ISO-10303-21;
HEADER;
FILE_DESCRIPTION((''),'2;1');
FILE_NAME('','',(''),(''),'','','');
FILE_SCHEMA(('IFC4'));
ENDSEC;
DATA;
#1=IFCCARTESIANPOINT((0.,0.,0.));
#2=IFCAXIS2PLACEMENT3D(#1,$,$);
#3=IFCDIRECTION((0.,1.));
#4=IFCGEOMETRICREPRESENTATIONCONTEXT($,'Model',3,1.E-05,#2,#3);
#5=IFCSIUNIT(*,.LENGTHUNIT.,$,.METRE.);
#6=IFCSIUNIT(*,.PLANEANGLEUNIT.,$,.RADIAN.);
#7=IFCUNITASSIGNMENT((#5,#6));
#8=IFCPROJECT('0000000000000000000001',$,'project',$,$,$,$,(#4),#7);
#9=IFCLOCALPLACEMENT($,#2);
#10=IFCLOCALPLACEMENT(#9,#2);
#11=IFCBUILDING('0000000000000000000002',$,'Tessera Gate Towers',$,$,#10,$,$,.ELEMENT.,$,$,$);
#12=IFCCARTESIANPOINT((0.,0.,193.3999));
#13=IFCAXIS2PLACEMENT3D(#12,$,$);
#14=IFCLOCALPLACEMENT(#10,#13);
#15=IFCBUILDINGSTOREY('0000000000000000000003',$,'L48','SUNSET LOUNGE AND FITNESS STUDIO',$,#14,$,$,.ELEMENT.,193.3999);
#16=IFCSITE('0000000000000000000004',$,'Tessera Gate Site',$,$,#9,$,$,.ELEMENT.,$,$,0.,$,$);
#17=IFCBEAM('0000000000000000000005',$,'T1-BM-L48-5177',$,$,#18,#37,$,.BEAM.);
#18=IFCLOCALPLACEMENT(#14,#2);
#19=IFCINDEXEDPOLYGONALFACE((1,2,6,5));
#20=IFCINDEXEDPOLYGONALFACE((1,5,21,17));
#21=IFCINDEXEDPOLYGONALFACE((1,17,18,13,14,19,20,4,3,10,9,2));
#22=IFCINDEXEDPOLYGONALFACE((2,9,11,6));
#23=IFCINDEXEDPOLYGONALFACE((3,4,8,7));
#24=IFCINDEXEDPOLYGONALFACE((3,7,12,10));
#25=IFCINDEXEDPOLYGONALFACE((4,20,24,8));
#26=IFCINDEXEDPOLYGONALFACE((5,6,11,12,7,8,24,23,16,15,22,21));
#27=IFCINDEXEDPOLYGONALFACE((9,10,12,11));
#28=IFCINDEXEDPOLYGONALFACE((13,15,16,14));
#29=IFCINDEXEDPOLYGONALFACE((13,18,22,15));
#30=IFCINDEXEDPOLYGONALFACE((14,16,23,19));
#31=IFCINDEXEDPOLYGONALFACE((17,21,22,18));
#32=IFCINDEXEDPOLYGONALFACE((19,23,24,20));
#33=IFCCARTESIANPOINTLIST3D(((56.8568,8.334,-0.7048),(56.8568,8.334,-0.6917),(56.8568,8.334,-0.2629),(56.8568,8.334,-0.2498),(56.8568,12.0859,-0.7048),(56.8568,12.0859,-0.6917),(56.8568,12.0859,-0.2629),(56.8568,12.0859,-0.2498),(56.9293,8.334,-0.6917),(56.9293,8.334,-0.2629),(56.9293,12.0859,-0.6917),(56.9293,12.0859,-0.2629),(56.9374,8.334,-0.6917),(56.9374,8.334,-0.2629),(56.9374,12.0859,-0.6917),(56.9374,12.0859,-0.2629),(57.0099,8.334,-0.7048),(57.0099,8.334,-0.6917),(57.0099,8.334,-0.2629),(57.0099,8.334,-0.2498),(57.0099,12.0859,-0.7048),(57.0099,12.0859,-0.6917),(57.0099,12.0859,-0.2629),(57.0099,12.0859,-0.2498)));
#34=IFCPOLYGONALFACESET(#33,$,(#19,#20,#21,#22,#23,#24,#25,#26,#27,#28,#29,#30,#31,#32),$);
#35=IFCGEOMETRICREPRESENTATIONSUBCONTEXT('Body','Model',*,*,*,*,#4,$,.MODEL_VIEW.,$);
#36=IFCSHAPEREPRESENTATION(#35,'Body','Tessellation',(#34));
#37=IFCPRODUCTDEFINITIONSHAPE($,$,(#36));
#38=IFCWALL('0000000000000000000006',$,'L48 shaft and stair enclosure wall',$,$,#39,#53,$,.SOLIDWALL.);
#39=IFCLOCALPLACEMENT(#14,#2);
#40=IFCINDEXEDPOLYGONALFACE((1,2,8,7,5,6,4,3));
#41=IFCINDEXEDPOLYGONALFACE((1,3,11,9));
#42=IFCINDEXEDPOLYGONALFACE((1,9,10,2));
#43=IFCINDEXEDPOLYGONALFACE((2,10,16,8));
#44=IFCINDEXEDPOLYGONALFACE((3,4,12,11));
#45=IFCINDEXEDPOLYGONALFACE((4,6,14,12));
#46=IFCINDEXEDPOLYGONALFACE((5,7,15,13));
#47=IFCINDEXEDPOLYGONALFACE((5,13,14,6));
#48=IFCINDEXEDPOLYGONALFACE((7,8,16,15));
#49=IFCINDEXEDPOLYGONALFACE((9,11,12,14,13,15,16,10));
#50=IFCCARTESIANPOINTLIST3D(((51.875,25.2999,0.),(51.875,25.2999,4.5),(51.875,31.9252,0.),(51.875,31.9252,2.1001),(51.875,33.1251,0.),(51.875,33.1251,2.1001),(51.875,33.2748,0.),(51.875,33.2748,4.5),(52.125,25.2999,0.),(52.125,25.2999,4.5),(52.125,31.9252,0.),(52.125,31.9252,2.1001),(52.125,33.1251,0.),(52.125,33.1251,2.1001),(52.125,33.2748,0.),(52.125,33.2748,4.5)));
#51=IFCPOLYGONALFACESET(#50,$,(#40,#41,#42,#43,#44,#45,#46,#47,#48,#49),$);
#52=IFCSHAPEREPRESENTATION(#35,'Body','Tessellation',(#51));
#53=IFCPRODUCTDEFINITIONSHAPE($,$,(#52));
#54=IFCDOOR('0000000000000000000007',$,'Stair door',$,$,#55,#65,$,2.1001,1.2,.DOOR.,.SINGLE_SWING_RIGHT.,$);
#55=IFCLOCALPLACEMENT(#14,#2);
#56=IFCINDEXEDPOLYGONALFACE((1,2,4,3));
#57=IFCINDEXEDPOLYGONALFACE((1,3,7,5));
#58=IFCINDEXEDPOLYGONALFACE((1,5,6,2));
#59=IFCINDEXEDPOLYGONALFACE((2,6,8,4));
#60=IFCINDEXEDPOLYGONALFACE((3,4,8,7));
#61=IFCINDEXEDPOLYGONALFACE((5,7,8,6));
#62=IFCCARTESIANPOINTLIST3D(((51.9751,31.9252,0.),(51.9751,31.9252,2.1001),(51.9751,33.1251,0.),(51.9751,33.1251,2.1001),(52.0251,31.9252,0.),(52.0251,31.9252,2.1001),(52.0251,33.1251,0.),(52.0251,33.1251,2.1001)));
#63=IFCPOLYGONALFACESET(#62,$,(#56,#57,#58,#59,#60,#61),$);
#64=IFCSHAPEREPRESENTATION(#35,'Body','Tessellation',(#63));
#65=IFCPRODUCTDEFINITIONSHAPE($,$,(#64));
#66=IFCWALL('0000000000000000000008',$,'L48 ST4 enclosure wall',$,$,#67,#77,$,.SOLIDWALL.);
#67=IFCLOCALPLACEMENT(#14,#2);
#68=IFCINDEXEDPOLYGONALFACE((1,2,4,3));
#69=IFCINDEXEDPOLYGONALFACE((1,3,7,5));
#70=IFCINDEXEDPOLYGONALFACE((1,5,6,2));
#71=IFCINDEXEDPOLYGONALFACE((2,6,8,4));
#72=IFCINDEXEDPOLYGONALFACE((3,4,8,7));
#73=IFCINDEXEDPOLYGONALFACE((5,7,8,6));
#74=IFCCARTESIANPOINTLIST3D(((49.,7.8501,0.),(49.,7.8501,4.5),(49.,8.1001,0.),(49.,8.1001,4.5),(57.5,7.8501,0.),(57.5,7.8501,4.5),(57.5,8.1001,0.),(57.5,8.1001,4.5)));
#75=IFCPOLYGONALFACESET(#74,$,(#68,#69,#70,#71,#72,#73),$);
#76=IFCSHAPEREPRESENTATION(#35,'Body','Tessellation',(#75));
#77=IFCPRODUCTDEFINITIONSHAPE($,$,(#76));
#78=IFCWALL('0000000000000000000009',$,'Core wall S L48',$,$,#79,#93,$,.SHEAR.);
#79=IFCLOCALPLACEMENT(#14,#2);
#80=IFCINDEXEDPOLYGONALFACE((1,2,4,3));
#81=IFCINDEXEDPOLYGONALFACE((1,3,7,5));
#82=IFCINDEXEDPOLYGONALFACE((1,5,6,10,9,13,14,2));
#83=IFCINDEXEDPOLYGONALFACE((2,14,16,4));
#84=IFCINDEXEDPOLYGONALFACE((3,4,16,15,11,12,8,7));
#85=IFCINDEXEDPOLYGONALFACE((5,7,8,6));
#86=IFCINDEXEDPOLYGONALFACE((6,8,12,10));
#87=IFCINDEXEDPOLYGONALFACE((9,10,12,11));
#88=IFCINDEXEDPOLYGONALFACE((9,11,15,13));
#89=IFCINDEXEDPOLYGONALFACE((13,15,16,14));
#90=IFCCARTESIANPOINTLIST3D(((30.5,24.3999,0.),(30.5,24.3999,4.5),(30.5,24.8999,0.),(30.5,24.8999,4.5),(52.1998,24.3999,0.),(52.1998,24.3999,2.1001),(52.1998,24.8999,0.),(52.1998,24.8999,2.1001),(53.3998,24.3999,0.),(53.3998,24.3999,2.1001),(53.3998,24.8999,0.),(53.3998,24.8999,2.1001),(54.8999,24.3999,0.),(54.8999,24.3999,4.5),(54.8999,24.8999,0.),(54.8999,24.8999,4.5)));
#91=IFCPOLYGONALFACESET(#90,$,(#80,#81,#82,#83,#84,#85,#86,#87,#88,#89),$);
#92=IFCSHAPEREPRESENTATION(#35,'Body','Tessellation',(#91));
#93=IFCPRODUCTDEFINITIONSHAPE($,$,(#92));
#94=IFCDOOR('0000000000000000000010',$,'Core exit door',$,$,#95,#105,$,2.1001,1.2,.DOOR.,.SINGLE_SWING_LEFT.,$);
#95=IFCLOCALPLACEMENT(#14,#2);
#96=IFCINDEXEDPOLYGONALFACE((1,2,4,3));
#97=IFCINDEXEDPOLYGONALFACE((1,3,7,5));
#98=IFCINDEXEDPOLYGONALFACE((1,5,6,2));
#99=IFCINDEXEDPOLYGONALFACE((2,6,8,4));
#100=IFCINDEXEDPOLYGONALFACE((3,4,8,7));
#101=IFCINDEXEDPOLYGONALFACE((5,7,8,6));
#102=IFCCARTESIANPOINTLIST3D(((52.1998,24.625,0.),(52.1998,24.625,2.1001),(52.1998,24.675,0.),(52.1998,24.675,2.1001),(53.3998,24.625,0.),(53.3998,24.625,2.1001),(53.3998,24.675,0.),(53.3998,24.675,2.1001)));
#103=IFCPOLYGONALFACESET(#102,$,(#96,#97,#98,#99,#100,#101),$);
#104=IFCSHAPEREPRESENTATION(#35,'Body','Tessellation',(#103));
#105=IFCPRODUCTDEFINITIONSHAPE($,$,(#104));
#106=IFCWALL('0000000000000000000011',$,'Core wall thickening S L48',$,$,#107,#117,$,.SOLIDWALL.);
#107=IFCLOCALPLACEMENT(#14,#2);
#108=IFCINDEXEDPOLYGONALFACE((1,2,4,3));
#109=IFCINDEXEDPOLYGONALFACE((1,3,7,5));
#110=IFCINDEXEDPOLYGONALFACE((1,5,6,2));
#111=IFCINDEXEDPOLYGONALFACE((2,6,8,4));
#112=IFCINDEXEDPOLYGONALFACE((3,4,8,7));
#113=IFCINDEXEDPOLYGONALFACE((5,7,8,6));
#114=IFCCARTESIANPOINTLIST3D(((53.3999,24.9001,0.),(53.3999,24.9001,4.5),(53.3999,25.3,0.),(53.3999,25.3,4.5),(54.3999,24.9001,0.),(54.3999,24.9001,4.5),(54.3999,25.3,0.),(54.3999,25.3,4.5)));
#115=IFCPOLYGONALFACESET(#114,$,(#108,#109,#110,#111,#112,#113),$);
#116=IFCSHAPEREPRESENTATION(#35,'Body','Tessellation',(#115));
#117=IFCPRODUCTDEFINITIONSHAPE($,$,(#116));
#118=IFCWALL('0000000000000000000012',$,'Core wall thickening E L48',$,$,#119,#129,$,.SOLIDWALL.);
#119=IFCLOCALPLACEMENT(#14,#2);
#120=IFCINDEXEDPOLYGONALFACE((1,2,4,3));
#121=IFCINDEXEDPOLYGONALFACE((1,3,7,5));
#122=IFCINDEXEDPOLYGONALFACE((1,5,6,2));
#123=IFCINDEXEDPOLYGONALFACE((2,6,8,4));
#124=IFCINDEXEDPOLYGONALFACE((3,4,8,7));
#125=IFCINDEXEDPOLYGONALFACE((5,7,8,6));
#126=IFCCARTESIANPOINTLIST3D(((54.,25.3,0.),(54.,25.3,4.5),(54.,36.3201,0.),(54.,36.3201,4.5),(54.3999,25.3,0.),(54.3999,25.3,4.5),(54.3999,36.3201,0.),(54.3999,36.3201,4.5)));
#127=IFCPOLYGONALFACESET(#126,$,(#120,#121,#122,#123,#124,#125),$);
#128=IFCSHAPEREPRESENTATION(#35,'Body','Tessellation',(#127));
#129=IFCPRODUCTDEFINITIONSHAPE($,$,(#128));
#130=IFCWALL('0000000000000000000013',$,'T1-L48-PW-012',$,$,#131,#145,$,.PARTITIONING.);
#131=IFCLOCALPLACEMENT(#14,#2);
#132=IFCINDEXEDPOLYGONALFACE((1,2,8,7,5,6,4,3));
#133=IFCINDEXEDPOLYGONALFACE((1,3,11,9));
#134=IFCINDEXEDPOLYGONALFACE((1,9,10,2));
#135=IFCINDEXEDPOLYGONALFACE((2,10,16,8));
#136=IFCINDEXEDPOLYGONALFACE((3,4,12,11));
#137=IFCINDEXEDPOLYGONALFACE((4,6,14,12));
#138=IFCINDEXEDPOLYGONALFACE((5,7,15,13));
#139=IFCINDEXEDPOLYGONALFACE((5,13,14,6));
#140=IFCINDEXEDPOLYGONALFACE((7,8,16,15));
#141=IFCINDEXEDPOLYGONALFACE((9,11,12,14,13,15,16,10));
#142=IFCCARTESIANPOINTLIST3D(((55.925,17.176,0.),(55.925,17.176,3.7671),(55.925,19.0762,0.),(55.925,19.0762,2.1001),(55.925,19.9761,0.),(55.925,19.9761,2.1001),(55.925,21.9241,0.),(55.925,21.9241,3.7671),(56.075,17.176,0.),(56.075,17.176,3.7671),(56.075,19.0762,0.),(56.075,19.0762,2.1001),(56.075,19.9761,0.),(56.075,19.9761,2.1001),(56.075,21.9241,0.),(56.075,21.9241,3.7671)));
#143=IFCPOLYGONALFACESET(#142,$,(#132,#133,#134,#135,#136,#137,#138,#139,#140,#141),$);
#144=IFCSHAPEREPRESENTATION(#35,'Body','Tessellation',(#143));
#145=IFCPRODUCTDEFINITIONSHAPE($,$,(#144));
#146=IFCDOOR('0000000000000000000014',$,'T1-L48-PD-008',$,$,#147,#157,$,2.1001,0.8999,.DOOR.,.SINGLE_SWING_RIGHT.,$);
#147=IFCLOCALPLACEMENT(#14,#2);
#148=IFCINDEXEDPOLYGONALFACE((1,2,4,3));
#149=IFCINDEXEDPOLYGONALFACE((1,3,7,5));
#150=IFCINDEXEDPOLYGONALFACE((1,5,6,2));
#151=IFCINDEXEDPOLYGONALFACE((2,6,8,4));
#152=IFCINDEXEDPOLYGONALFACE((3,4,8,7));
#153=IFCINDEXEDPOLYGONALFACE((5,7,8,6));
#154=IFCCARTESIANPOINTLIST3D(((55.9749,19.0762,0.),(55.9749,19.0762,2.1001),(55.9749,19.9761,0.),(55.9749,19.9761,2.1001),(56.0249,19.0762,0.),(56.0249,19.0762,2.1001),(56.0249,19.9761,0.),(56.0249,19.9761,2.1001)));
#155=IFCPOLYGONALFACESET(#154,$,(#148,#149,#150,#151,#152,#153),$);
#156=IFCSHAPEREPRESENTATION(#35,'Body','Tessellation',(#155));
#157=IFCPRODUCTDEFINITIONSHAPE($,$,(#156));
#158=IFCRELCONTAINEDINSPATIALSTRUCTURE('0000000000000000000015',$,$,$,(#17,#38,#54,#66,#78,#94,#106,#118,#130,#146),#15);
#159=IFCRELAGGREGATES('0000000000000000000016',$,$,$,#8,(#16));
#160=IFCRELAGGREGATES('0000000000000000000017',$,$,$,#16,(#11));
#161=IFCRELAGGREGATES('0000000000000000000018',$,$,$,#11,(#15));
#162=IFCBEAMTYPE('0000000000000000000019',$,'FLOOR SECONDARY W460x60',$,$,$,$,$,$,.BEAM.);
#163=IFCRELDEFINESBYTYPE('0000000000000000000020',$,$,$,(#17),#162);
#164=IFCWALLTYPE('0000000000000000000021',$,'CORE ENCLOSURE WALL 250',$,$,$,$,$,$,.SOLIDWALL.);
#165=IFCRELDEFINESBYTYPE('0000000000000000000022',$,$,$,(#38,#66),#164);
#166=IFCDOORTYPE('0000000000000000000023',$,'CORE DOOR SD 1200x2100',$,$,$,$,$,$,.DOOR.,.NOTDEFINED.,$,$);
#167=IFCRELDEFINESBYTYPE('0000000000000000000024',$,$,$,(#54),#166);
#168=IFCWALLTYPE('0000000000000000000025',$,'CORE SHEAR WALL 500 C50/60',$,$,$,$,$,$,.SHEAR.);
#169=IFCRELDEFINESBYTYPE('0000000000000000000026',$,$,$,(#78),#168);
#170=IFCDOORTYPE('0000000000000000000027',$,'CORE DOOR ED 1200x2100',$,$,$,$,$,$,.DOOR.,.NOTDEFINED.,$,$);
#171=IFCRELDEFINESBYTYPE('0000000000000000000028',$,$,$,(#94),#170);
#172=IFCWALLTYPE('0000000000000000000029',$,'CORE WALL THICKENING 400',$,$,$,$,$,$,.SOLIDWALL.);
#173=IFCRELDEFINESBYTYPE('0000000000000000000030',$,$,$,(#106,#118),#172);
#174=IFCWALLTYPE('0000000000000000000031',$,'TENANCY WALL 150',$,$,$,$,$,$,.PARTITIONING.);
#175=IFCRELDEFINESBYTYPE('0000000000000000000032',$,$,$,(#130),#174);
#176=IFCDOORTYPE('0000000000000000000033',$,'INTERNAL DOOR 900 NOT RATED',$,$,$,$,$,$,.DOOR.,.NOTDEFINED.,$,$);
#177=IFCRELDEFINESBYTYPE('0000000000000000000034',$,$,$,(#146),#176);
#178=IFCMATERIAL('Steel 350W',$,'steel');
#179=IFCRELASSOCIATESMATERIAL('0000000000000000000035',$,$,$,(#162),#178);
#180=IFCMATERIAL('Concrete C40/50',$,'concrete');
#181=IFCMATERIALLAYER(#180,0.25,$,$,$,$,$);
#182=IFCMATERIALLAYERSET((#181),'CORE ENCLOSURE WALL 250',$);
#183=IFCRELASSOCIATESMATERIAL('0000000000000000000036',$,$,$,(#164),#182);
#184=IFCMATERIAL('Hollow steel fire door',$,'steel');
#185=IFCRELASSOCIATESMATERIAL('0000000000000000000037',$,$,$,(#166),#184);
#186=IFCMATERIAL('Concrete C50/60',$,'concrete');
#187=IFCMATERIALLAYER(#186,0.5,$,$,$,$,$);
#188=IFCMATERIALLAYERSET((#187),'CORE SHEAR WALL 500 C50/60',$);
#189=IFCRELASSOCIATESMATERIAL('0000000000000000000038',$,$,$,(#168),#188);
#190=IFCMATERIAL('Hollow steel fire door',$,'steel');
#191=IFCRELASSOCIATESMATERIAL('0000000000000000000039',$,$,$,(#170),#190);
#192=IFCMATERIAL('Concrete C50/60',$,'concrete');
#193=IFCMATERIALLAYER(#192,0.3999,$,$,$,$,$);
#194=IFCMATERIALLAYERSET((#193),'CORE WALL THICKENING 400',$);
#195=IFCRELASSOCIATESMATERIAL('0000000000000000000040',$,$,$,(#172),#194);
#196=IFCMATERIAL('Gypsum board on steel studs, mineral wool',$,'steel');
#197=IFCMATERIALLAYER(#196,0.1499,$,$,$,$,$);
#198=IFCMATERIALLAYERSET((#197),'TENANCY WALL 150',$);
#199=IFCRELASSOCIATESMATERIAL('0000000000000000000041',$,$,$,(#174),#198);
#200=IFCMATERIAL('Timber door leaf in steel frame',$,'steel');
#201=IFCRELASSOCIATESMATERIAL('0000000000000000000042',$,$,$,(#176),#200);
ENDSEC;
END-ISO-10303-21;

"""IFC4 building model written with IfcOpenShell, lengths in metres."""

from ifc_helpers import new_model, si_unit, direction, frame, frame_2d, origin, origin_2d, place, context, subcontext, project, spatial, rectangle, i_section, extrude, source, transform, mapped, material, layer, layer_set, material_profile, profile_set, type_object, element, fill, save


model = new_model("IFC4")

# Units and contexts
model_context = context("Model", 3, precision=1e-05, world=origin(), true_north=direction((0.0, 1.0)))
body_context = subcontext(model_context, "Body", "Model", "MODEL_VIEW")
ifc_project = project(units=[si_unit("LENGTHUNIT", "METRE"), si_unit("PLANEANGLEUNIT", "RADIAN")], contexts=[model_context])

# Site, building, storey
site_placement = place(None, origin())
site = spatial("IfcSite", under=ifc_project, at=site_placement, Name="Tessera Gate Site", CompositionType="ELEMENT", RefElevation=0.0)
building_placement = place(site_placement, origin())
building = spatial("IfcBuilding", under=site, at=building_placement, Name="Tessera Gate Towers", CompositionType="ELEMENT")
storey_placement = place(building_placement, frame((0.0, 0.0, 193.3999)))
storey = spatial("IfcBuildingStorey", under=building, at=storey_placement, Name="L48", Description="SUNSET LOUNGE AND FITNESS STUDIO", CompositionType="ELEMENT", Elevation=193.3999)

# Beam
ifc_material_1 = material(Name="Steel 350W", Category="steel")
ifc_material_profile_1 = material_profile(ifc_material_1, i_section(OverallWidth=0.1531, OverallDepth=0.4551, WebThickness=0.0081, FlangeThickness=0.0132, at=origin_2d()), Name="W460x60")
ifc_profile_set_1 = profile_set([ifc_material_profile_1], Name="Steel 350W")
beam_type_1 = type_object("IfcBeamType", Name="FLOOR SECONDARY W460x60", PredefinedType="BEAM", material=ifc_profile_set_1)
beam_1_placement = place(storey_placement, frame((56.9333, 8.334, -0.4773), z_axis=(0.0, 1.0, 0.0), x_axis=(-1.0, 0.0, 0.0)))
element("IfcBeam", 1, at=beam_1_placement, inside=storey, type_object=beam_type_1, Name="T1-BM-L48-5177", PredefinedType="BEAM", context=body_context, shape_type="SweptSolid", body=[
    extrude(i_section(OverallWidth=0.1531, OverallDepth=0.4551, WebThickness=0.0081, FlangeThickness=0.0132, at=origin_2d()), origin(), (0.0, 0.0, 1.0), 3.752),
])

# Wall, opening, door
ifc_material_2 = material(Name="Concrete C40/50", Category="concrete")
ifc_layer_1 = layer(ifc_material_2, 0.25)
ifc_layer_set_1 = layer_set([ifc_layer_1], Name="CORE ENCLOSURE WALL 250")
wall_type_1 = type_object("IfcWallType", Name="CORE ENCLOSURE WALL 250", PredefinedType="SOLIDWALL", material=ifc_layer_set_1)
wall_1_placement = place(storey_placement, frame((52.0, 25.3, 0.0), z_axis=(0.0, 0.0, 1.0), x_axis=(0.0, 1.0, 0.0)))
wall_1 = element("IfcWall", 2, at=wall_1_placement, inside=storey, type_object=wall_type_1, Name="L48 shaft and stair enclosure wall", PredefinedType="SOLIDWALL", context=body_context, shape_type="SweptSolid", body=[
    extrude(rectangle(XDim=7.9749, YDim=0.25, at=frame_2d((3.9873, 0.0))), origin(), (0.0, 0.0, 1.0), 4.5),
])
shared_shape_1 = source(origin(), body_context, "Body", "SweptSolid", [
    extrude(rectangle(XDim=1.2, YDim=2.1001, at=frame_2d((0.6001, 1.05))), frame((0.0, 0.135, 0.0), z_axis=(0.0, -1.0, 0.0), x_axis=(1.0, 0.0, 0.0)), (0.0, 0.0, 1.0), 0.27),
])
opening_1_placement = place(wall_1_placement, frame((6.625, 0.0, 0.0)))
opening_1 = element("IfcOpeningElement", 3, at=opening_1_placement, cuts=wall_1, PredefinedType="OPENING", context=body_context, shape_type="MappedRepresentation", body=[
    mapped(shared_shape_1, transform((0.0, 0.0, 0.0), scale=1.0)),
])
ifc_material_3 = material(Name="Hollow steel fire door", Category="steel")
door_type_1 = type_object("IfcDoorType", Name="CORE DOOR SD 1200x2100", OperationType="NOTDEFINED", PredefinedType="DOOR", material=ifc_material_3)
shared_shape_2 = source(origin(), body_context, "Body", "SweptSolid", [
    extrude(rectangle(XDim=1.2, YDim=2.1001, at=frame_2d((0.6001, 1.05))), frame((0.0, 0.0249, 0.0), z_axis=(0.0, -1.0, 0.0), x_axis=(1.0, 0.0, 0.0)), (0.0, 0.0, 1.0), 0.05),
])
door_1_placement = place(opening_1_placement, origin())
door_1 = element("IfcDoor", 4, at=door_1_placement, inside=storey, type_object=door_type_1, Name="Stair door", OperationType="SINGLE_SWING_RIGHT", OverallHeight=2.1001, OverallWidth=1.2, PredefinedType="DOOR", context=body_context, shape_type="MappedRepresentation", body=[
    mapped(shared_shape_2, transform((0.0, 0.0, 0.0), scale=1.0)),
])
fill(opening_1, door_1)

# Wall
wall_2_placement = place(storey_placement, frame((49.0, 7.9751, 0.0), z_axis=(0.0, 0.0, 1.0), x_axis=(1.0, 0.0, 0.0)))
element("IfcWall", 5, at=wall_2_placement, inside=storey, type_object=wall_type_1, Name="L48 ST4 enclosure wall", PredefinedType="SOLIDWALL", context=body_context, shape_type="SweptSolid", body=[
    extrude(rectangle(XDim=8.5, YDim=0.25, at=frame_2d((4.25, 0.0))), origin(), (0.0, 0.0, 1.0), 4.5),
])

# Wall, opening, door
ifc_material_4 = material(Name="Concrete C50/60", Category="concrete")
ifc_layer_2 = layer(ifc_material_4, 0.5)
ifc_layer_set_2 = layer_set([ifc_layer_2], Name="CORE SHEAR WALL 500 C50/60")
wall_type_2 = type_object("IfcWallType", Name="CORE SHEAR WALL 500 C50/60", PredefinedType="SHEAR", material=ifc_layer_set_2)
wall_3_placement = place(storey_placement, frame((54.8999, 24.6499, 0.0), z_axis=(0.0, 0.0, 1.0), x_axis=(-1.0, 0.0, 0.0)))
wall_3 = element("IfcWall", 6, at=wall_3_placement, inside=storey, type_object=wall_type_2, Name="Core wall S L48", PredefinedType="SHEAR", context=body_context, shape_type="SweptSolid", body=[
    extrude(rectangle(XDim=24.3999, YDim=0.5, at=frame_2d((12.2, 0.0))), origin(), (0.0, 0.0, 1.0), 4.5),
])
shared_shape_3 = source(origin(), body_context, "Body", "SweptSolid", [
    extrude(rectangle(XDim=1.2, YDim=2.1001, at=frame_2d((0.6001, 1.05))), frame((0.0, 0.26, 0.0), z_axis=(0.0, -1.0, 0.0), x_axis=(1.0, 0.0, 0.0)), (0.0, 0.0, 1.0), 0.52),
])
opening_2_placement = place(wall_3_placement, frame((1.5, 0.0, 0.0)))
opening_2 = element("IfcOpeningElement", 7, at=opening_2_placement, cuts=wall_3, PredefinedType="OPENING", context=body_context, shape_type="MappedRepresentation", body=[
    mapped(shared_shape_3, transform((0.0, 0.0, 0.0), scale=1.0)),
])
ifc_material_5 = material(Name="Hollow steel fire door", Category="steel")
door_type_2 = type_object("IfcDoorType", Name="CORE DOOR ED 1200x2100", OperationType="NOTDEFINED", PredefinedType="DOOR", material=ifc_material_5)
door_2_placement = place(opening_2_placement, origin())
door_2 = element("IfcDoor", 8, at=door_2_placement, inside=storey, type_object=door_type_2, Name="Core exit door", OperationType="SINGLE_SWING_LEFT", OverallHeight=2.1001, OverallWidth=1.2, PredefinedType="DOOR", context=body_context, shape_type="MappedRepresentation", body=[
    mapped(shared_shape_2, transform((0.0, 0.0, 0.0), scale=1.0)),
])
fill(opening_2, door_2)

# Walls
ifc_material_6 = material(Name="Concrete C50/60", Category="concrete")
ifc_layer_3 = layer(ifc_material_6, 0.3999)
ifc_layer_set_3 = layer_set([ifc_layer_3], Name="CORE WALL THICKENING 400")
wall_type_3 = type_object("IfcWallType", Name="CORE WALL THICKENING 400", PredefinedType="SOLIDWALL", material=ifc_layer_set_3)
wall_4_placement = place(storey_placement, frame((53.3999, 25.1001, 0.0), z_axis=(0.0, 0.0, 1.0), x_axis=(1.0, 0.0, 0.0)))
element("IfcWall", 9, at=wall_4_placement, inside=storey, type_object=wall_type_3, Name="Core wall thickening S L48", PredefinedType="SOLIDWALL", context=body_context, shape_type="SweptSolid", body=[
    extrude(rectangle(XDim=1.0, YDim=0.3999, at=frame_2d((0.5, 0.0))), origin(), (0.0, 0.0, 1.0), 4.5),
])
wall_5_placement = place(storey_placement, frame((54.2, 25.3, 0.0), z_axis=(0.0, 0.0, 1.0), x_axis=(0.0, 1.0, 0.0)))
element("IfcWall", 10, at=wall_5_placement, inside=storey, type_object=wall_type_3, Name="Core wall thickening E L48", PredefinedType="SOLIDWALL", context=body_context, shape_type="SweptSolid", body=[
    extrude(rectangle(XDim=11.02, YDim=0.3999, at=frame_2d((5.51, 0.0))), origin(), (0.0, 0.0, 1.0), 4.5),
])

# Wall, opening, door
ifc_material_7 = material(Name="Gypsum board on steel studs, mineral wool", Category="steel")
ifc_layer_4 = layer(ifc_material_7, 0.1499)
ifc_layer_set_4 = layer_set([ifc_layer_4], Name="TENANCY WALL 150")
wall_type_4 = type_object("IfcWallType", Name="TENANCY WALL 150", PredefinedType="PARTITIONING", material=ifc_layer_set_4)
wall_6_placement = place(storey_placement, frame((56.0, 21.9241, 0.0), z_axis=(0.0, 0.0, 1.0), x_axis=(0.0, -1.0, 0.0)))
wall_6 = element("IfcWall", 11, at=wall_6_placement, inside=storey, type_object=wall_type_4, Name="T1-L48-PW-012", PredefinedType="PARTITIONING", context=body_context, shape_type="SweptSolid", body=[
    extrude(rectangle(XDim=4.748, YDim=0.1499, at=frame_2d((2.374, 0.0))), origin(), (0.0, 0.0, 1.0), 3.7671),
])
shared_shape_4 = source(origin(), body_context, "Body", "SweptSolid", [
    extrude(rectangle(XDim=0.8999, YDim=2.1001, at=frame_2d((0.45, 1.05))), frame((0.0, 0.085, 0.0), z_axis=(0.0, -1.0, 0.0), x_axis=(1.0, 0.0, 0.0)), (0.0, 0.0, 1.0), 0.1699),
])
opening_3_placement = place(wall_6_placement, frame((1.948, 0.0, 0.0)))
opening_3 = element("IfcOpeningElement", 12, at=opening_3_placement, cuts=wall_6, PredefinedType="OPENING", context=body_context, shape_type="MappedRepresentation", body=[
    mapped(shared_shape_4, transform((0.0, 0.0, 0.0), scale=1.0)),
])
ifc_material_8 = material(Name="Timber door leaf in steel frame", Category="steel")
door_type_3 = type_object("IfcDoorType", Name="INTERNAL DOOR 900 NOT RATED", OperationType="NOTDEFINED", PredefinedType="DOOR", material=ifc_material_8)
shared_shape_5 = source(origin(), body_context, "Body", "SweptSolid", [
    extrude(rectangle(XDim=0.8999, YDim=2.1001, at=frame_2d((0.45, 1.05))), frame((0.0, 0.0249, 0.0), z_axis=(0.0, -1.0, 0.0), x_axis=(1.0, 0.0, 0.0)), (0.0, 0.0, 1.0), 0.05),
])
door_3_placement = place(opening_3_placement, origin())
door_3 = element("IfcDoor", 13, at=door_3_placement, inside=storey, type_object=door_type_3, Name="T1-L48-PD-008", OperationType="SINGLE_SWING_RIGHT", OverallHeight=2.1001, OverallWidth=0.8999, PredefinedType="DOOR", context=body_context, shape_type="MappedRepresentation", body=[
    mapped(shared_shape_5, transform((0.0, 0.0, 0.0), scale=1.0)),
])
fill(opening_3, door_3)

save(model, "model.ifc")
